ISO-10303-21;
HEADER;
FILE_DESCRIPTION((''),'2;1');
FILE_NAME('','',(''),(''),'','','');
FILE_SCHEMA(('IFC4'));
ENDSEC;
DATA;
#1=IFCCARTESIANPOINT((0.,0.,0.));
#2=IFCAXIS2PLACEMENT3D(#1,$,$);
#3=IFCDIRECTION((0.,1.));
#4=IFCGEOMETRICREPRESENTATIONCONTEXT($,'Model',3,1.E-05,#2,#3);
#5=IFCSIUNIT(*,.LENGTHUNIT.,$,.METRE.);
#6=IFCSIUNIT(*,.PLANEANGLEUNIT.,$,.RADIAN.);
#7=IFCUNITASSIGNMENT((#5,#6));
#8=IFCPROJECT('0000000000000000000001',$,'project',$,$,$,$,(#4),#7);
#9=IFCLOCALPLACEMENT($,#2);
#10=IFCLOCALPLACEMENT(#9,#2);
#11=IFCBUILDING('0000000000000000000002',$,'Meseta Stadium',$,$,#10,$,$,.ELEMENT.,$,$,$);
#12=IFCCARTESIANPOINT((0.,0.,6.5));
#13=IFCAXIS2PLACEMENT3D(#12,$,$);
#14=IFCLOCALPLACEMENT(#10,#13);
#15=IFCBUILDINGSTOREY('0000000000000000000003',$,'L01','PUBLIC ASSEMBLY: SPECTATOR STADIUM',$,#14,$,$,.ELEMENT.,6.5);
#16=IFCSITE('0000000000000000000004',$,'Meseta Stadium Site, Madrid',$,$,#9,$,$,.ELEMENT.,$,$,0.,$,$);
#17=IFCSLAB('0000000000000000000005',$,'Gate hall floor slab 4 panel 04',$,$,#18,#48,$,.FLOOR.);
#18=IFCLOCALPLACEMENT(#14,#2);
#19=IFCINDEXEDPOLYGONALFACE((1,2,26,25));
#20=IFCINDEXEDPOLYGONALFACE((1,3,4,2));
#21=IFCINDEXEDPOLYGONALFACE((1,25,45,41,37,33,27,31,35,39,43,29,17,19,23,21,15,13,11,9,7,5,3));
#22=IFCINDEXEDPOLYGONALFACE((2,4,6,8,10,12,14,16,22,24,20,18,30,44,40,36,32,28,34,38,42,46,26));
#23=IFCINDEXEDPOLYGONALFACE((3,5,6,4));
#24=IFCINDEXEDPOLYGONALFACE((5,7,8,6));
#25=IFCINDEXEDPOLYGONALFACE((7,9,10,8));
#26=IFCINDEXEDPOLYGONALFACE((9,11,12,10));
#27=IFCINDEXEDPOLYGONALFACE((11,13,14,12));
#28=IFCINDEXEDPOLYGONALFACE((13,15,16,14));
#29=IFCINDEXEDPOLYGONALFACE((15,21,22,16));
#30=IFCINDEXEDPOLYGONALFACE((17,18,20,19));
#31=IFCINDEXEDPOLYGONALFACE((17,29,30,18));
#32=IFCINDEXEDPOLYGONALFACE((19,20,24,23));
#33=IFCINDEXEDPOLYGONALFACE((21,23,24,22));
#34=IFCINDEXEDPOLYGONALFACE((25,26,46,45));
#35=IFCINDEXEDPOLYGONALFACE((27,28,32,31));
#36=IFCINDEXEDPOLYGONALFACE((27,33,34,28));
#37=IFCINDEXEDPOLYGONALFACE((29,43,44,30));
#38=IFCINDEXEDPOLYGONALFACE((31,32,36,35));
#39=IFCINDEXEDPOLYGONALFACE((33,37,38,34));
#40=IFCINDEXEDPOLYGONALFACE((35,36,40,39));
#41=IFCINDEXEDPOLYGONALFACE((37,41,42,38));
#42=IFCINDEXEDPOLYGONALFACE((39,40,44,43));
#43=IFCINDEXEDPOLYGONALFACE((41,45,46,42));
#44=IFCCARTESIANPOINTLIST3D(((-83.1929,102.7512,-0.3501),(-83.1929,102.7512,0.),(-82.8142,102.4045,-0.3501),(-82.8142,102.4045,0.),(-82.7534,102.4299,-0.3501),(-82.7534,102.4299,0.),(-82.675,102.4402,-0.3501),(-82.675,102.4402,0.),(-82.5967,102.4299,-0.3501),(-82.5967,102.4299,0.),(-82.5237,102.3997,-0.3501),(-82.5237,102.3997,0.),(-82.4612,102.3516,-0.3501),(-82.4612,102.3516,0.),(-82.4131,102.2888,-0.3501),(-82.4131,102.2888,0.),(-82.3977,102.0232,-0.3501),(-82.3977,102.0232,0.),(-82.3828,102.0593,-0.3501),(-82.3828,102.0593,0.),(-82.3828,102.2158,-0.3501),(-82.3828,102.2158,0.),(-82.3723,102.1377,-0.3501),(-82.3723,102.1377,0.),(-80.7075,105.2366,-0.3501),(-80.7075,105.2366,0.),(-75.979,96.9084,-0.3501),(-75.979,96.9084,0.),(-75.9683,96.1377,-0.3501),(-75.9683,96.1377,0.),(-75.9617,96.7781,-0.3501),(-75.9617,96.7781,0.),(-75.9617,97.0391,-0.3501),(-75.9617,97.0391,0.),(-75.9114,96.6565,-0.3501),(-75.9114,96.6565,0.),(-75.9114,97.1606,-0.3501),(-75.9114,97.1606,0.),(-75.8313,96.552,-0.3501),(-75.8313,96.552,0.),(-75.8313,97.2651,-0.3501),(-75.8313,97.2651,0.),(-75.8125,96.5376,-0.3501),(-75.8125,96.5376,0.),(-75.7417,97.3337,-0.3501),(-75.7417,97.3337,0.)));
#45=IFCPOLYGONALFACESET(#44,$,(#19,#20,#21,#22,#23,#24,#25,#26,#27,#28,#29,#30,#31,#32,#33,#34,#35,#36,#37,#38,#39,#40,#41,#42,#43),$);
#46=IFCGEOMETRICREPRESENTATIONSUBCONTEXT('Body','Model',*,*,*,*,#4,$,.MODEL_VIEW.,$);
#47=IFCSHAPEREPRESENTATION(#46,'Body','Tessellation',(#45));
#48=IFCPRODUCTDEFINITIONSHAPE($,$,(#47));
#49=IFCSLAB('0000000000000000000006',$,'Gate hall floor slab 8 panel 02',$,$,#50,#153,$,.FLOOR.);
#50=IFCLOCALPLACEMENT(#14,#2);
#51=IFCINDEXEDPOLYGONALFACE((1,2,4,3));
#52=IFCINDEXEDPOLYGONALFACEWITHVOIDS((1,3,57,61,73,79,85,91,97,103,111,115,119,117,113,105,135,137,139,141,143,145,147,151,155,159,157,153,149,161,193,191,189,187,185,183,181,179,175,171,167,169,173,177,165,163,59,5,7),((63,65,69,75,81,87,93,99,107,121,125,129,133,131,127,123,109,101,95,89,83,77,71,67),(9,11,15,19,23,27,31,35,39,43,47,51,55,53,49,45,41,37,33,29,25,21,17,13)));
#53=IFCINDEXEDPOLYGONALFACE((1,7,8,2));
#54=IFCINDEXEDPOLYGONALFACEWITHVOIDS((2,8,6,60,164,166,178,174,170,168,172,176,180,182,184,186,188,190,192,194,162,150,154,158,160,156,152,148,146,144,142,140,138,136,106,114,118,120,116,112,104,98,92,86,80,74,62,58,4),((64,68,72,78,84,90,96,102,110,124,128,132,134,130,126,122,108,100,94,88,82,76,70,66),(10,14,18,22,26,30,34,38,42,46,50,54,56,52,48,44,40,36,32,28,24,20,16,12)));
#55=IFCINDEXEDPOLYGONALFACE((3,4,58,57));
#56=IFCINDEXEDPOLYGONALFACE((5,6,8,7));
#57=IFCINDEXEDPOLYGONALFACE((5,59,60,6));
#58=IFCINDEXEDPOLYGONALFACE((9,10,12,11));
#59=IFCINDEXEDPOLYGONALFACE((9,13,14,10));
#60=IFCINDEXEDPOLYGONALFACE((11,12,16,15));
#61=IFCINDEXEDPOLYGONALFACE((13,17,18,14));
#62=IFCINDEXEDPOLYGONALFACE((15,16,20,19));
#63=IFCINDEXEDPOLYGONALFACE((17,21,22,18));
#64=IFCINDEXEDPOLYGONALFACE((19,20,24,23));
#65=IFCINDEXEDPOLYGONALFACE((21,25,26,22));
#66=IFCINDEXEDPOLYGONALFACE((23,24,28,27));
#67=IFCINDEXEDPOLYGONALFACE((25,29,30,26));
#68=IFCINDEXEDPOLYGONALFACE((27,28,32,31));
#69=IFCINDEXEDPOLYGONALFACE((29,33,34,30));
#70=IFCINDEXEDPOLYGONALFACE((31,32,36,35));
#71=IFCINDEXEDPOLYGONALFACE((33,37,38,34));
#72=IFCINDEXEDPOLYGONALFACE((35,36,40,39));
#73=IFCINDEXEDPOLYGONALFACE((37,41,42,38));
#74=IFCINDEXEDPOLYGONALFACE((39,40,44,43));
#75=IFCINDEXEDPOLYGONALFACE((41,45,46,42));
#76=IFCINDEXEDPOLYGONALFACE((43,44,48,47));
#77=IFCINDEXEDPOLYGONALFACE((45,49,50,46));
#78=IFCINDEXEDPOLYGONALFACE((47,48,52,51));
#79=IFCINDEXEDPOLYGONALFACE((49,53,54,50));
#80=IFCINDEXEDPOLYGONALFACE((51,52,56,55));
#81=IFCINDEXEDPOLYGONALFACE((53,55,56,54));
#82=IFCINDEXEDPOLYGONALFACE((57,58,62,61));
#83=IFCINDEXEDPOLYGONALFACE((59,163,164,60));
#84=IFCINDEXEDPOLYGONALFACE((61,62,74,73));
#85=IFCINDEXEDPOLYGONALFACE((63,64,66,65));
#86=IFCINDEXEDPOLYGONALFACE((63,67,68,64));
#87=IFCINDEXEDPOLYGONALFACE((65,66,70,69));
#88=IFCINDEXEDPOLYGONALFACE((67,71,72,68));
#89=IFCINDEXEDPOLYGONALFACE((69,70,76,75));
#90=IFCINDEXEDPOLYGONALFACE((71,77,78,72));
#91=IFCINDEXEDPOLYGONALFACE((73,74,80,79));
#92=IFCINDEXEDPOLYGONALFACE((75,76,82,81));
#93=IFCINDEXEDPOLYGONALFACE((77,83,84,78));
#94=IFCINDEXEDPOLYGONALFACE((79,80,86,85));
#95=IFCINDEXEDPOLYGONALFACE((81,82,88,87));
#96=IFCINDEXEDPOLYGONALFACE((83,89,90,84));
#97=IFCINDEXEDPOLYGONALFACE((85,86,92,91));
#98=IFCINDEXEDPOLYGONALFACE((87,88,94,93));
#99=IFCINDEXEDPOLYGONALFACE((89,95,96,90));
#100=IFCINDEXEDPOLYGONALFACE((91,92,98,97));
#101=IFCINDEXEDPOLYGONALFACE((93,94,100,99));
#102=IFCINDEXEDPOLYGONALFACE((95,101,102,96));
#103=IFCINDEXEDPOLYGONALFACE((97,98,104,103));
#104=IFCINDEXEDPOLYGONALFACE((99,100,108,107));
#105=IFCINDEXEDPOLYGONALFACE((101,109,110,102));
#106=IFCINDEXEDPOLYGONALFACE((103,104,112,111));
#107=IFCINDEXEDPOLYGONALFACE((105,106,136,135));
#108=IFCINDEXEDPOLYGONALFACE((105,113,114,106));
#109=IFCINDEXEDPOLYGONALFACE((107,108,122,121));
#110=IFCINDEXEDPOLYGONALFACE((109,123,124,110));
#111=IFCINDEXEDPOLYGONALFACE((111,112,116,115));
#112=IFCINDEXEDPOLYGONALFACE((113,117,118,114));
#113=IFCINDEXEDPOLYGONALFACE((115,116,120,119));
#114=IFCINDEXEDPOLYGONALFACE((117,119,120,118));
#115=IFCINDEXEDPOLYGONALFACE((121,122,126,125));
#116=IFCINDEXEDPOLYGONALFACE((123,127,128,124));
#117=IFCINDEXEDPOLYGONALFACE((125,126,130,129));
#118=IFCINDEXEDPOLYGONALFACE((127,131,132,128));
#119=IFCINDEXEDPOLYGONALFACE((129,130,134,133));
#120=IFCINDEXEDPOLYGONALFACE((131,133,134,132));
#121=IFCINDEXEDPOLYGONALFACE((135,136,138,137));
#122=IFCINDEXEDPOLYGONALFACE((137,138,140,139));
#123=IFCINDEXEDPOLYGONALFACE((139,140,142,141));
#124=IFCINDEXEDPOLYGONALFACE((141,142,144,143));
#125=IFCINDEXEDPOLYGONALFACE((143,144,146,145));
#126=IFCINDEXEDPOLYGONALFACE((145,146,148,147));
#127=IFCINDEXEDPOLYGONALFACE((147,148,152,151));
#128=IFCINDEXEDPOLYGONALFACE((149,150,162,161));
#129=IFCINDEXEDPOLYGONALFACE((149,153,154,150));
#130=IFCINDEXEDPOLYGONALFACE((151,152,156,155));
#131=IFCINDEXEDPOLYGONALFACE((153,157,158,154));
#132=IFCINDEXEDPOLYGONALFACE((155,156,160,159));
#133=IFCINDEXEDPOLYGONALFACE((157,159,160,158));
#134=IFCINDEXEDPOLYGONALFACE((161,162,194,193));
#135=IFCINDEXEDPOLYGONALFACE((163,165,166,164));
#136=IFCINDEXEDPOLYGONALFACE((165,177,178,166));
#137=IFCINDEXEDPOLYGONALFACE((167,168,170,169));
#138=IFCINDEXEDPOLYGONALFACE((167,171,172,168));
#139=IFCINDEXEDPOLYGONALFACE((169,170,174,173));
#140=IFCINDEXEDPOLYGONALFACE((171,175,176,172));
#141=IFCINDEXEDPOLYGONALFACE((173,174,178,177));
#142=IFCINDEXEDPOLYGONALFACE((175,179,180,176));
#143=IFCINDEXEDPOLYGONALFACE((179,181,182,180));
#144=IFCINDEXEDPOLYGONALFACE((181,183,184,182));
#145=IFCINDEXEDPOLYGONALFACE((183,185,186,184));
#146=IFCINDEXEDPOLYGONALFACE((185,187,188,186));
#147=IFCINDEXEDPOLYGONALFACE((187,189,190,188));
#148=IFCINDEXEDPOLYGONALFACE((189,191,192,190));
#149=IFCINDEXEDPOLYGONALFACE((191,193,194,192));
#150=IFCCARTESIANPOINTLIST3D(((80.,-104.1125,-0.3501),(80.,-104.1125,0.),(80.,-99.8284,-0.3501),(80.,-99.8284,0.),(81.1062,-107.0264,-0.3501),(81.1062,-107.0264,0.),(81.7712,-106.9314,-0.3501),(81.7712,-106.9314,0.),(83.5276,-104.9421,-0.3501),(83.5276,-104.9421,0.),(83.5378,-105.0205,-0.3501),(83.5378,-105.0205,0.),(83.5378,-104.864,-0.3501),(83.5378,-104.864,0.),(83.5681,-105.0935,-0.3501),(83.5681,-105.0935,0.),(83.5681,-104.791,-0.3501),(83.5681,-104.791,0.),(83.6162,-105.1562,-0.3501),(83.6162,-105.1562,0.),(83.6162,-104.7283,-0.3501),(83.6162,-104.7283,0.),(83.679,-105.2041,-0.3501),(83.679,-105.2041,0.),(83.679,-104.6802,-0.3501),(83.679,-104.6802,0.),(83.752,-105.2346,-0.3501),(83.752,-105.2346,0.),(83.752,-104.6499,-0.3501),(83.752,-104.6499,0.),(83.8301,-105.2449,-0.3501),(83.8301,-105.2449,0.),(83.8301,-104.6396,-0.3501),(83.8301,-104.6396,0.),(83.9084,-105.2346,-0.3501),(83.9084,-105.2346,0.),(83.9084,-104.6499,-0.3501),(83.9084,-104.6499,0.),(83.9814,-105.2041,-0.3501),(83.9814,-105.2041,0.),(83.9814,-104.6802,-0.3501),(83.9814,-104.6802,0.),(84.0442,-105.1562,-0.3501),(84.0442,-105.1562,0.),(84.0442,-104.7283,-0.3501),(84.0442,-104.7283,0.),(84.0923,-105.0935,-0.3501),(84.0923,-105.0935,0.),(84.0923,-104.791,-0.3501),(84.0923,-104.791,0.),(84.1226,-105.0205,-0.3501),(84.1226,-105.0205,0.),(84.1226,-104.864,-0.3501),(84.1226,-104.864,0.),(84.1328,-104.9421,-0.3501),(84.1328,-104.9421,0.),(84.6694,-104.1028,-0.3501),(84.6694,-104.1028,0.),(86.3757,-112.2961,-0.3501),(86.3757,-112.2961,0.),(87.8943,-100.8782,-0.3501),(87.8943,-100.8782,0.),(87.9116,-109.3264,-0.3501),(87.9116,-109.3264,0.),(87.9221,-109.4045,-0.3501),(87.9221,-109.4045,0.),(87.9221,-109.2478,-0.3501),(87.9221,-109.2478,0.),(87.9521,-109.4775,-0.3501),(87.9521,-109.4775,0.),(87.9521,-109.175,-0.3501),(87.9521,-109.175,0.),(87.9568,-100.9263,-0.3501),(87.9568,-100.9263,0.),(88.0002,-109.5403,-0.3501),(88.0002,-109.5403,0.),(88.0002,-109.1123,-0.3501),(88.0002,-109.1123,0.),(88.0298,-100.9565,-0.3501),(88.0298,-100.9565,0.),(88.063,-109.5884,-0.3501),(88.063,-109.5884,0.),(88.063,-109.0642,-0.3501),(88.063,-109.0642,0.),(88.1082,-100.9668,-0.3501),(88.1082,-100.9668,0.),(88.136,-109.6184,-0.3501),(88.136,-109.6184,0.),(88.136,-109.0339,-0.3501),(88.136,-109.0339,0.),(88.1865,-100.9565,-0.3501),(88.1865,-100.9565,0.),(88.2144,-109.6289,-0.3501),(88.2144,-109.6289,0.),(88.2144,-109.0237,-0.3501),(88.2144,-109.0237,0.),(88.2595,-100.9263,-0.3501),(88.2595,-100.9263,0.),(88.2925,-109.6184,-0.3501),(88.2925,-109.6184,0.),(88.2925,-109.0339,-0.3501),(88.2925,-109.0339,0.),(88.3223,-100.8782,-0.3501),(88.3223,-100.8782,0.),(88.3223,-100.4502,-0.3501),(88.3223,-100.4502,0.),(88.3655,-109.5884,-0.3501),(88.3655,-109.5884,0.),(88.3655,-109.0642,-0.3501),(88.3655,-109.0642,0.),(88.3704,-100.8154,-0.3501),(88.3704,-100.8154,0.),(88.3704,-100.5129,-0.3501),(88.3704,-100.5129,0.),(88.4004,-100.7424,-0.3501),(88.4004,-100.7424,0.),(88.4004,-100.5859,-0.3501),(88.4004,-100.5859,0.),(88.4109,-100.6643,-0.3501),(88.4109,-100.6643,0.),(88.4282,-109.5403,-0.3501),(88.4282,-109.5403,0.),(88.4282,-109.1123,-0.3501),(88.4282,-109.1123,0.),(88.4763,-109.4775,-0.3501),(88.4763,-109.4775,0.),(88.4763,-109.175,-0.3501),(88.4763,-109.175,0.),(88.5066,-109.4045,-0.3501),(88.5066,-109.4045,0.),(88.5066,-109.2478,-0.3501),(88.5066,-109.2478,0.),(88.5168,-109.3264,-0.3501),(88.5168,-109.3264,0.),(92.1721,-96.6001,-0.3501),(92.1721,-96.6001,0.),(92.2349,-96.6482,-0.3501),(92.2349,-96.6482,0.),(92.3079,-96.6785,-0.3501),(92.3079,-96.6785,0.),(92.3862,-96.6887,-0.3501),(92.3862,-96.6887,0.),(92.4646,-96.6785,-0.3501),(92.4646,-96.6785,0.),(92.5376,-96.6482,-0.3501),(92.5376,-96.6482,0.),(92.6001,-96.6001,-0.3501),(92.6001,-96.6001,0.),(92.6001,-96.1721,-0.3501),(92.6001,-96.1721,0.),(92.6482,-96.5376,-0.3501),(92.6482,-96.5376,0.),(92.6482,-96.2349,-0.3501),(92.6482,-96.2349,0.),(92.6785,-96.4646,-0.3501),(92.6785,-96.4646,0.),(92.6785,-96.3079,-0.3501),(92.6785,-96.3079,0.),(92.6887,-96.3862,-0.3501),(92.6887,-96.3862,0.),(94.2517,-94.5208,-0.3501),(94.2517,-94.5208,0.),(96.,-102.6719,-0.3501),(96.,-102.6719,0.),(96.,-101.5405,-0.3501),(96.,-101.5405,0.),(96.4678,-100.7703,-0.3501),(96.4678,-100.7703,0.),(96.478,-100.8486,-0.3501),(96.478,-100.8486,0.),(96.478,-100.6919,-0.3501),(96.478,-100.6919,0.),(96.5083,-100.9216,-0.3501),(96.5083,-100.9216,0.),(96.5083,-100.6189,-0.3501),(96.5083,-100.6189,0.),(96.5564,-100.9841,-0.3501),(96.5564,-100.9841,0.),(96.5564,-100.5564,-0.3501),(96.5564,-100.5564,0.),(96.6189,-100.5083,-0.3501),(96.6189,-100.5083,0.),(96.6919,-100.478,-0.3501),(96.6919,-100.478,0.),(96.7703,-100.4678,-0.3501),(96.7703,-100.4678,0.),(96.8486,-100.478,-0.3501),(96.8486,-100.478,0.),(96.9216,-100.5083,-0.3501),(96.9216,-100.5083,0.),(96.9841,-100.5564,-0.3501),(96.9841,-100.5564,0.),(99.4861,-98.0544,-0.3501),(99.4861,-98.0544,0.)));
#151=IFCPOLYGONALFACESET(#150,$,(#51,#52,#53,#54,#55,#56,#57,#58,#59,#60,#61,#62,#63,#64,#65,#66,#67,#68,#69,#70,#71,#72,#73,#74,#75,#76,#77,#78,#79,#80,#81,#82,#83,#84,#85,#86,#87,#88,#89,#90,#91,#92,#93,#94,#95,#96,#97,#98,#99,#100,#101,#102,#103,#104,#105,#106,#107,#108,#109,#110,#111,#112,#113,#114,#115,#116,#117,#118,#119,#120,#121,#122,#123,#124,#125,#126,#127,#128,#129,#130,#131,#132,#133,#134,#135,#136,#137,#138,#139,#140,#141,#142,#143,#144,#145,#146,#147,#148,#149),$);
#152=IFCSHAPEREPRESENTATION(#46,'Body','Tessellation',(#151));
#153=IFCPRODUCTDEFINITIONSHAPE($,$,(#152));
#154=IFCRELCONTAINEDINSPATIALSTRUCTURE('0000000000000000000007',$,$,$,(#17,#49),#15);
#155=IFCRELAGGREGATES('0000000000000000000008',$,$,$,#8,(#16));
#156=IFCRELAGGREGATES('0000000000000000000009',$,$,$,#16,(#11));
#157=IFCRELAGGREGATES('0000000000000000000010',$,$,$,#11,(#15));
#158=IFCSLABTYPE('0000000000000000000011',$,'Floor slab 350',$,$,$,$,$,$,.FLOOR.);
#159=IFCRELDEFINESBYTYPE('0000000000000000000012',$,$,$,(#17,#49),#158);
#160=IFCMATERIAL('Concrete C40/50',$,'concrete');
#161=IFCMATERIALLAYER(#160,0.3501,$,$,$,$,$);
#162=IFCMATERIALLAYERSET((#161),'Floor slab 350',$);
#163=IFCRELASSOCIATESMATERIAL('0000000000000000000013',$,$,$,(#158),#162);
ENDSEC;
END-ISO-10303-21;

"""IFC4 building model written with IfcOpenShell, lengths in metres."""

from ifc_helpers import new_model, si_unit, direction, frame, origin, place, context, subcontext, project, spatial, polyline, outline, extrude, material, layer, layer_set, type_object, element, save


model = new_model("IFC4")

# Units and contexts
model_context = context("Model", 3, precision=1e-05, world=origin(), true_north=direction((0.0, 1.0)))
body_context = subcontext(model_context, "Body", "Model", "MODEL_VIEW")
ifc_project = project(units=[si_unit("LENGTHUNIT", "METRE"), si_unit("PLANEANGLEUNIT", "RADIAN")], contexts=[model_context])

# Site, building, storey
site_placement = place(None, origin())
site = spatial("IfcSite", under=ifc_project, at=site_placement, Name="Meseta Stadium Site, Madrid", CompositionType="ELEMENT", RefElevation=0.0)
building_placement = place(site_placement, origin())
building = spatial("IfcBuilding", under=site, at=building_placement, Name="Meseta Stadium", CompositionType="ELEMENT")
storey_placement = place(building_placement, frame((0.0, 0.0, 6.5)))
storey = spatial("IfcBuildingStorey", under=building, at=storey_placement, Name="L01", Description="PUBLIC ASSEMBLY: SPECTATOR STADIUM", CompositionType="ELEMENT", Elevation=6.5)

# Slabs
ifc_material_1 = material(Name="Concrete C40/50", Category="concrete")
ifc_layer_1 = layer(ifc_material_1, 0.3501)
ifc_layer_set_1 = layer_set([ifc_layer_1], Name="Floor slab 350")
slab_type_1 = type_object("IfcSlabType", Name="Floor slab 350", PredefinedType="FLOOR", material=ifc_layer_set_1)
slab_1_placement = place(storey_placement, frame((0.0, 0.0, -0.3501)))
element("IfcSlab", 1, at=slab_1_placement, inside=storey, type_object=slab_type_1, Name="Gate hall floor slab 4 panel 04", PredefinedType="FLOOR", context=body_context, shape_type="SweptSolid", body=[
    extrude(outline(polyline([(-82.3828, 102.0593), (-82.3977, 102.0232), (-75.9683, 96.1377), (-75.8125, 96.5376), (-75.8313, 96.552), (-75.9114, 96.6565), (-75.9617, 96.7781), (-75.979, 96.9084), (-75.9617, 97.0391), (-75.9114, 97.1606), (-75.8313, 97.2651), (-75.7417, 97.3337), (-80.7075, 105.2366), (-83.1929, 102.7512), (-82.8142, 102.4045), (-82.7534, 102.4299), (-82.675, 102.4402), (-82.5967, 102.4299), (-82.5237, 102.3997), (-82.4612, 102.3516), (-82.4131, 102.2888), (-82.3828, 102.2158), (-82.3723, 102.1377), (-82.3828, 102.0593)])), origin(), (0.0, 0.0, 1.0), 0.3501),
])
slab_2_placement = place(storey_placement, frame((0.0, 0.0, -0.3501)))
element("IfcSlab", 2, at=slab_2_placement, inside=storey, type_object=slab_type_1, Name="Gate hall floor slab 8 panel 02", PredefinedType="FLOOR", context=body_context, shape_type="SweptSolid", body=[
    extrude(outline(polyline([(88.4004, -100.7424), (88.3704, -100.8154), (88.3223, -100.8782), (88.2595, -100.9263), (88.1865, -100.9565), (88.1082, -100.9668), (88.0298, -100.9565), (87.9568, -100.9263), (87.8943, -100.8782), (84.6694, -104.1028), (80.0, -99.8284), (80.0, -104.1125), (81.7712, -106.9314), (81.1062, -107.0264), (86.3757, -112.2961), (96.0, -102.6719), (96.0, -101.5405), (96.5564, -100.9841), (96.5083, -100.9216), (96.478, -100.8486), (96.4678, -100.7703), (96.478, -100.6919), (96.5083, -100.6189), (96.5564, -100.5564), (96.6189, -100.5083), (96.6919, -100.478), (96.7703, -100.4678), (96.8486, -100.478), (96.9216, -100.5083), (96.9841, -100.5564), (99.4861, -98.0544), (94.2517, -94.5208), (92.6001, -96.1721), (92.6482, -96.2349), (92.6785, -96.3079), (92.6887, -96.3862), (92.6785, -96.4646), (92.6482, -96.5376), (92.6001, -96.6001), (92.5376, -96.6482), (92.4646, -96.6785), (92.3862, -96.6887), (92.3079, -96.6785), (92.2349, -96.6482), (92.1721, -96.6001), (88.3223, -100.4502), (88.3704, -100.5129), (88.4004, -100.5859), (88.4109, -100.6643), (88.4004, -100.7424)]), holes=[polyline([(88.0002, -109.5403), (87.9521, -109.4775), (87.9221, -109.4045), (87.9116, -109.3264), (87.9221, -109.2478), (87.9521, -109.175), (88.0002, -109.1123), (88.063, -109.0642), (88.136, -109.0339), (88.2144, -109.0237), (88.2925, -109.0339), (88.3655, -109.0642), (88.4282, -109.1123), (88.4763, -109.175), (88.5066, -109.2478), (88.5168, -109.3264), (88.5066, -109.4045), (88.4763, -109.4775), (88.4282, -109.5403), (88.3655, -109.5884), (88.2925, -109.6184), (88.2144, -109.6289), (88.136, -109.6184), (88.063, -109.5884), (88.0002, -109.5403)]), polyline([(84.0442, -105.1562), (83.9814, -105.2041), (83.9084, -105.2346), (83.8301, -105.2449), (83.752, -105.2346), (83.679, -105.2041), (83.6162, -105.1562), (83.5681, -105.0935), (83.5378, -105.0205), (83.5276, -104.9421), (83.5378, -104.864), (83.5681, -104.791), (83.6162, -104.7283), (83.679, -104.6802), (83.752, -104.6499), (83.8301, -104.6396), (83.9084, -104.6499), (83.9814, -104.6802), (84.0442, -104.7283), (84.0923, -104.791), (84.1226, -104.864), (84.1328, -104.9421), (84.1226, -105.0205), (84.0923, -105.0935), (84.0442, -105.1562)])]), origin(), (0.0, 0.0, 1.0), 0.3501),
])

save(model, "model.ifc")
